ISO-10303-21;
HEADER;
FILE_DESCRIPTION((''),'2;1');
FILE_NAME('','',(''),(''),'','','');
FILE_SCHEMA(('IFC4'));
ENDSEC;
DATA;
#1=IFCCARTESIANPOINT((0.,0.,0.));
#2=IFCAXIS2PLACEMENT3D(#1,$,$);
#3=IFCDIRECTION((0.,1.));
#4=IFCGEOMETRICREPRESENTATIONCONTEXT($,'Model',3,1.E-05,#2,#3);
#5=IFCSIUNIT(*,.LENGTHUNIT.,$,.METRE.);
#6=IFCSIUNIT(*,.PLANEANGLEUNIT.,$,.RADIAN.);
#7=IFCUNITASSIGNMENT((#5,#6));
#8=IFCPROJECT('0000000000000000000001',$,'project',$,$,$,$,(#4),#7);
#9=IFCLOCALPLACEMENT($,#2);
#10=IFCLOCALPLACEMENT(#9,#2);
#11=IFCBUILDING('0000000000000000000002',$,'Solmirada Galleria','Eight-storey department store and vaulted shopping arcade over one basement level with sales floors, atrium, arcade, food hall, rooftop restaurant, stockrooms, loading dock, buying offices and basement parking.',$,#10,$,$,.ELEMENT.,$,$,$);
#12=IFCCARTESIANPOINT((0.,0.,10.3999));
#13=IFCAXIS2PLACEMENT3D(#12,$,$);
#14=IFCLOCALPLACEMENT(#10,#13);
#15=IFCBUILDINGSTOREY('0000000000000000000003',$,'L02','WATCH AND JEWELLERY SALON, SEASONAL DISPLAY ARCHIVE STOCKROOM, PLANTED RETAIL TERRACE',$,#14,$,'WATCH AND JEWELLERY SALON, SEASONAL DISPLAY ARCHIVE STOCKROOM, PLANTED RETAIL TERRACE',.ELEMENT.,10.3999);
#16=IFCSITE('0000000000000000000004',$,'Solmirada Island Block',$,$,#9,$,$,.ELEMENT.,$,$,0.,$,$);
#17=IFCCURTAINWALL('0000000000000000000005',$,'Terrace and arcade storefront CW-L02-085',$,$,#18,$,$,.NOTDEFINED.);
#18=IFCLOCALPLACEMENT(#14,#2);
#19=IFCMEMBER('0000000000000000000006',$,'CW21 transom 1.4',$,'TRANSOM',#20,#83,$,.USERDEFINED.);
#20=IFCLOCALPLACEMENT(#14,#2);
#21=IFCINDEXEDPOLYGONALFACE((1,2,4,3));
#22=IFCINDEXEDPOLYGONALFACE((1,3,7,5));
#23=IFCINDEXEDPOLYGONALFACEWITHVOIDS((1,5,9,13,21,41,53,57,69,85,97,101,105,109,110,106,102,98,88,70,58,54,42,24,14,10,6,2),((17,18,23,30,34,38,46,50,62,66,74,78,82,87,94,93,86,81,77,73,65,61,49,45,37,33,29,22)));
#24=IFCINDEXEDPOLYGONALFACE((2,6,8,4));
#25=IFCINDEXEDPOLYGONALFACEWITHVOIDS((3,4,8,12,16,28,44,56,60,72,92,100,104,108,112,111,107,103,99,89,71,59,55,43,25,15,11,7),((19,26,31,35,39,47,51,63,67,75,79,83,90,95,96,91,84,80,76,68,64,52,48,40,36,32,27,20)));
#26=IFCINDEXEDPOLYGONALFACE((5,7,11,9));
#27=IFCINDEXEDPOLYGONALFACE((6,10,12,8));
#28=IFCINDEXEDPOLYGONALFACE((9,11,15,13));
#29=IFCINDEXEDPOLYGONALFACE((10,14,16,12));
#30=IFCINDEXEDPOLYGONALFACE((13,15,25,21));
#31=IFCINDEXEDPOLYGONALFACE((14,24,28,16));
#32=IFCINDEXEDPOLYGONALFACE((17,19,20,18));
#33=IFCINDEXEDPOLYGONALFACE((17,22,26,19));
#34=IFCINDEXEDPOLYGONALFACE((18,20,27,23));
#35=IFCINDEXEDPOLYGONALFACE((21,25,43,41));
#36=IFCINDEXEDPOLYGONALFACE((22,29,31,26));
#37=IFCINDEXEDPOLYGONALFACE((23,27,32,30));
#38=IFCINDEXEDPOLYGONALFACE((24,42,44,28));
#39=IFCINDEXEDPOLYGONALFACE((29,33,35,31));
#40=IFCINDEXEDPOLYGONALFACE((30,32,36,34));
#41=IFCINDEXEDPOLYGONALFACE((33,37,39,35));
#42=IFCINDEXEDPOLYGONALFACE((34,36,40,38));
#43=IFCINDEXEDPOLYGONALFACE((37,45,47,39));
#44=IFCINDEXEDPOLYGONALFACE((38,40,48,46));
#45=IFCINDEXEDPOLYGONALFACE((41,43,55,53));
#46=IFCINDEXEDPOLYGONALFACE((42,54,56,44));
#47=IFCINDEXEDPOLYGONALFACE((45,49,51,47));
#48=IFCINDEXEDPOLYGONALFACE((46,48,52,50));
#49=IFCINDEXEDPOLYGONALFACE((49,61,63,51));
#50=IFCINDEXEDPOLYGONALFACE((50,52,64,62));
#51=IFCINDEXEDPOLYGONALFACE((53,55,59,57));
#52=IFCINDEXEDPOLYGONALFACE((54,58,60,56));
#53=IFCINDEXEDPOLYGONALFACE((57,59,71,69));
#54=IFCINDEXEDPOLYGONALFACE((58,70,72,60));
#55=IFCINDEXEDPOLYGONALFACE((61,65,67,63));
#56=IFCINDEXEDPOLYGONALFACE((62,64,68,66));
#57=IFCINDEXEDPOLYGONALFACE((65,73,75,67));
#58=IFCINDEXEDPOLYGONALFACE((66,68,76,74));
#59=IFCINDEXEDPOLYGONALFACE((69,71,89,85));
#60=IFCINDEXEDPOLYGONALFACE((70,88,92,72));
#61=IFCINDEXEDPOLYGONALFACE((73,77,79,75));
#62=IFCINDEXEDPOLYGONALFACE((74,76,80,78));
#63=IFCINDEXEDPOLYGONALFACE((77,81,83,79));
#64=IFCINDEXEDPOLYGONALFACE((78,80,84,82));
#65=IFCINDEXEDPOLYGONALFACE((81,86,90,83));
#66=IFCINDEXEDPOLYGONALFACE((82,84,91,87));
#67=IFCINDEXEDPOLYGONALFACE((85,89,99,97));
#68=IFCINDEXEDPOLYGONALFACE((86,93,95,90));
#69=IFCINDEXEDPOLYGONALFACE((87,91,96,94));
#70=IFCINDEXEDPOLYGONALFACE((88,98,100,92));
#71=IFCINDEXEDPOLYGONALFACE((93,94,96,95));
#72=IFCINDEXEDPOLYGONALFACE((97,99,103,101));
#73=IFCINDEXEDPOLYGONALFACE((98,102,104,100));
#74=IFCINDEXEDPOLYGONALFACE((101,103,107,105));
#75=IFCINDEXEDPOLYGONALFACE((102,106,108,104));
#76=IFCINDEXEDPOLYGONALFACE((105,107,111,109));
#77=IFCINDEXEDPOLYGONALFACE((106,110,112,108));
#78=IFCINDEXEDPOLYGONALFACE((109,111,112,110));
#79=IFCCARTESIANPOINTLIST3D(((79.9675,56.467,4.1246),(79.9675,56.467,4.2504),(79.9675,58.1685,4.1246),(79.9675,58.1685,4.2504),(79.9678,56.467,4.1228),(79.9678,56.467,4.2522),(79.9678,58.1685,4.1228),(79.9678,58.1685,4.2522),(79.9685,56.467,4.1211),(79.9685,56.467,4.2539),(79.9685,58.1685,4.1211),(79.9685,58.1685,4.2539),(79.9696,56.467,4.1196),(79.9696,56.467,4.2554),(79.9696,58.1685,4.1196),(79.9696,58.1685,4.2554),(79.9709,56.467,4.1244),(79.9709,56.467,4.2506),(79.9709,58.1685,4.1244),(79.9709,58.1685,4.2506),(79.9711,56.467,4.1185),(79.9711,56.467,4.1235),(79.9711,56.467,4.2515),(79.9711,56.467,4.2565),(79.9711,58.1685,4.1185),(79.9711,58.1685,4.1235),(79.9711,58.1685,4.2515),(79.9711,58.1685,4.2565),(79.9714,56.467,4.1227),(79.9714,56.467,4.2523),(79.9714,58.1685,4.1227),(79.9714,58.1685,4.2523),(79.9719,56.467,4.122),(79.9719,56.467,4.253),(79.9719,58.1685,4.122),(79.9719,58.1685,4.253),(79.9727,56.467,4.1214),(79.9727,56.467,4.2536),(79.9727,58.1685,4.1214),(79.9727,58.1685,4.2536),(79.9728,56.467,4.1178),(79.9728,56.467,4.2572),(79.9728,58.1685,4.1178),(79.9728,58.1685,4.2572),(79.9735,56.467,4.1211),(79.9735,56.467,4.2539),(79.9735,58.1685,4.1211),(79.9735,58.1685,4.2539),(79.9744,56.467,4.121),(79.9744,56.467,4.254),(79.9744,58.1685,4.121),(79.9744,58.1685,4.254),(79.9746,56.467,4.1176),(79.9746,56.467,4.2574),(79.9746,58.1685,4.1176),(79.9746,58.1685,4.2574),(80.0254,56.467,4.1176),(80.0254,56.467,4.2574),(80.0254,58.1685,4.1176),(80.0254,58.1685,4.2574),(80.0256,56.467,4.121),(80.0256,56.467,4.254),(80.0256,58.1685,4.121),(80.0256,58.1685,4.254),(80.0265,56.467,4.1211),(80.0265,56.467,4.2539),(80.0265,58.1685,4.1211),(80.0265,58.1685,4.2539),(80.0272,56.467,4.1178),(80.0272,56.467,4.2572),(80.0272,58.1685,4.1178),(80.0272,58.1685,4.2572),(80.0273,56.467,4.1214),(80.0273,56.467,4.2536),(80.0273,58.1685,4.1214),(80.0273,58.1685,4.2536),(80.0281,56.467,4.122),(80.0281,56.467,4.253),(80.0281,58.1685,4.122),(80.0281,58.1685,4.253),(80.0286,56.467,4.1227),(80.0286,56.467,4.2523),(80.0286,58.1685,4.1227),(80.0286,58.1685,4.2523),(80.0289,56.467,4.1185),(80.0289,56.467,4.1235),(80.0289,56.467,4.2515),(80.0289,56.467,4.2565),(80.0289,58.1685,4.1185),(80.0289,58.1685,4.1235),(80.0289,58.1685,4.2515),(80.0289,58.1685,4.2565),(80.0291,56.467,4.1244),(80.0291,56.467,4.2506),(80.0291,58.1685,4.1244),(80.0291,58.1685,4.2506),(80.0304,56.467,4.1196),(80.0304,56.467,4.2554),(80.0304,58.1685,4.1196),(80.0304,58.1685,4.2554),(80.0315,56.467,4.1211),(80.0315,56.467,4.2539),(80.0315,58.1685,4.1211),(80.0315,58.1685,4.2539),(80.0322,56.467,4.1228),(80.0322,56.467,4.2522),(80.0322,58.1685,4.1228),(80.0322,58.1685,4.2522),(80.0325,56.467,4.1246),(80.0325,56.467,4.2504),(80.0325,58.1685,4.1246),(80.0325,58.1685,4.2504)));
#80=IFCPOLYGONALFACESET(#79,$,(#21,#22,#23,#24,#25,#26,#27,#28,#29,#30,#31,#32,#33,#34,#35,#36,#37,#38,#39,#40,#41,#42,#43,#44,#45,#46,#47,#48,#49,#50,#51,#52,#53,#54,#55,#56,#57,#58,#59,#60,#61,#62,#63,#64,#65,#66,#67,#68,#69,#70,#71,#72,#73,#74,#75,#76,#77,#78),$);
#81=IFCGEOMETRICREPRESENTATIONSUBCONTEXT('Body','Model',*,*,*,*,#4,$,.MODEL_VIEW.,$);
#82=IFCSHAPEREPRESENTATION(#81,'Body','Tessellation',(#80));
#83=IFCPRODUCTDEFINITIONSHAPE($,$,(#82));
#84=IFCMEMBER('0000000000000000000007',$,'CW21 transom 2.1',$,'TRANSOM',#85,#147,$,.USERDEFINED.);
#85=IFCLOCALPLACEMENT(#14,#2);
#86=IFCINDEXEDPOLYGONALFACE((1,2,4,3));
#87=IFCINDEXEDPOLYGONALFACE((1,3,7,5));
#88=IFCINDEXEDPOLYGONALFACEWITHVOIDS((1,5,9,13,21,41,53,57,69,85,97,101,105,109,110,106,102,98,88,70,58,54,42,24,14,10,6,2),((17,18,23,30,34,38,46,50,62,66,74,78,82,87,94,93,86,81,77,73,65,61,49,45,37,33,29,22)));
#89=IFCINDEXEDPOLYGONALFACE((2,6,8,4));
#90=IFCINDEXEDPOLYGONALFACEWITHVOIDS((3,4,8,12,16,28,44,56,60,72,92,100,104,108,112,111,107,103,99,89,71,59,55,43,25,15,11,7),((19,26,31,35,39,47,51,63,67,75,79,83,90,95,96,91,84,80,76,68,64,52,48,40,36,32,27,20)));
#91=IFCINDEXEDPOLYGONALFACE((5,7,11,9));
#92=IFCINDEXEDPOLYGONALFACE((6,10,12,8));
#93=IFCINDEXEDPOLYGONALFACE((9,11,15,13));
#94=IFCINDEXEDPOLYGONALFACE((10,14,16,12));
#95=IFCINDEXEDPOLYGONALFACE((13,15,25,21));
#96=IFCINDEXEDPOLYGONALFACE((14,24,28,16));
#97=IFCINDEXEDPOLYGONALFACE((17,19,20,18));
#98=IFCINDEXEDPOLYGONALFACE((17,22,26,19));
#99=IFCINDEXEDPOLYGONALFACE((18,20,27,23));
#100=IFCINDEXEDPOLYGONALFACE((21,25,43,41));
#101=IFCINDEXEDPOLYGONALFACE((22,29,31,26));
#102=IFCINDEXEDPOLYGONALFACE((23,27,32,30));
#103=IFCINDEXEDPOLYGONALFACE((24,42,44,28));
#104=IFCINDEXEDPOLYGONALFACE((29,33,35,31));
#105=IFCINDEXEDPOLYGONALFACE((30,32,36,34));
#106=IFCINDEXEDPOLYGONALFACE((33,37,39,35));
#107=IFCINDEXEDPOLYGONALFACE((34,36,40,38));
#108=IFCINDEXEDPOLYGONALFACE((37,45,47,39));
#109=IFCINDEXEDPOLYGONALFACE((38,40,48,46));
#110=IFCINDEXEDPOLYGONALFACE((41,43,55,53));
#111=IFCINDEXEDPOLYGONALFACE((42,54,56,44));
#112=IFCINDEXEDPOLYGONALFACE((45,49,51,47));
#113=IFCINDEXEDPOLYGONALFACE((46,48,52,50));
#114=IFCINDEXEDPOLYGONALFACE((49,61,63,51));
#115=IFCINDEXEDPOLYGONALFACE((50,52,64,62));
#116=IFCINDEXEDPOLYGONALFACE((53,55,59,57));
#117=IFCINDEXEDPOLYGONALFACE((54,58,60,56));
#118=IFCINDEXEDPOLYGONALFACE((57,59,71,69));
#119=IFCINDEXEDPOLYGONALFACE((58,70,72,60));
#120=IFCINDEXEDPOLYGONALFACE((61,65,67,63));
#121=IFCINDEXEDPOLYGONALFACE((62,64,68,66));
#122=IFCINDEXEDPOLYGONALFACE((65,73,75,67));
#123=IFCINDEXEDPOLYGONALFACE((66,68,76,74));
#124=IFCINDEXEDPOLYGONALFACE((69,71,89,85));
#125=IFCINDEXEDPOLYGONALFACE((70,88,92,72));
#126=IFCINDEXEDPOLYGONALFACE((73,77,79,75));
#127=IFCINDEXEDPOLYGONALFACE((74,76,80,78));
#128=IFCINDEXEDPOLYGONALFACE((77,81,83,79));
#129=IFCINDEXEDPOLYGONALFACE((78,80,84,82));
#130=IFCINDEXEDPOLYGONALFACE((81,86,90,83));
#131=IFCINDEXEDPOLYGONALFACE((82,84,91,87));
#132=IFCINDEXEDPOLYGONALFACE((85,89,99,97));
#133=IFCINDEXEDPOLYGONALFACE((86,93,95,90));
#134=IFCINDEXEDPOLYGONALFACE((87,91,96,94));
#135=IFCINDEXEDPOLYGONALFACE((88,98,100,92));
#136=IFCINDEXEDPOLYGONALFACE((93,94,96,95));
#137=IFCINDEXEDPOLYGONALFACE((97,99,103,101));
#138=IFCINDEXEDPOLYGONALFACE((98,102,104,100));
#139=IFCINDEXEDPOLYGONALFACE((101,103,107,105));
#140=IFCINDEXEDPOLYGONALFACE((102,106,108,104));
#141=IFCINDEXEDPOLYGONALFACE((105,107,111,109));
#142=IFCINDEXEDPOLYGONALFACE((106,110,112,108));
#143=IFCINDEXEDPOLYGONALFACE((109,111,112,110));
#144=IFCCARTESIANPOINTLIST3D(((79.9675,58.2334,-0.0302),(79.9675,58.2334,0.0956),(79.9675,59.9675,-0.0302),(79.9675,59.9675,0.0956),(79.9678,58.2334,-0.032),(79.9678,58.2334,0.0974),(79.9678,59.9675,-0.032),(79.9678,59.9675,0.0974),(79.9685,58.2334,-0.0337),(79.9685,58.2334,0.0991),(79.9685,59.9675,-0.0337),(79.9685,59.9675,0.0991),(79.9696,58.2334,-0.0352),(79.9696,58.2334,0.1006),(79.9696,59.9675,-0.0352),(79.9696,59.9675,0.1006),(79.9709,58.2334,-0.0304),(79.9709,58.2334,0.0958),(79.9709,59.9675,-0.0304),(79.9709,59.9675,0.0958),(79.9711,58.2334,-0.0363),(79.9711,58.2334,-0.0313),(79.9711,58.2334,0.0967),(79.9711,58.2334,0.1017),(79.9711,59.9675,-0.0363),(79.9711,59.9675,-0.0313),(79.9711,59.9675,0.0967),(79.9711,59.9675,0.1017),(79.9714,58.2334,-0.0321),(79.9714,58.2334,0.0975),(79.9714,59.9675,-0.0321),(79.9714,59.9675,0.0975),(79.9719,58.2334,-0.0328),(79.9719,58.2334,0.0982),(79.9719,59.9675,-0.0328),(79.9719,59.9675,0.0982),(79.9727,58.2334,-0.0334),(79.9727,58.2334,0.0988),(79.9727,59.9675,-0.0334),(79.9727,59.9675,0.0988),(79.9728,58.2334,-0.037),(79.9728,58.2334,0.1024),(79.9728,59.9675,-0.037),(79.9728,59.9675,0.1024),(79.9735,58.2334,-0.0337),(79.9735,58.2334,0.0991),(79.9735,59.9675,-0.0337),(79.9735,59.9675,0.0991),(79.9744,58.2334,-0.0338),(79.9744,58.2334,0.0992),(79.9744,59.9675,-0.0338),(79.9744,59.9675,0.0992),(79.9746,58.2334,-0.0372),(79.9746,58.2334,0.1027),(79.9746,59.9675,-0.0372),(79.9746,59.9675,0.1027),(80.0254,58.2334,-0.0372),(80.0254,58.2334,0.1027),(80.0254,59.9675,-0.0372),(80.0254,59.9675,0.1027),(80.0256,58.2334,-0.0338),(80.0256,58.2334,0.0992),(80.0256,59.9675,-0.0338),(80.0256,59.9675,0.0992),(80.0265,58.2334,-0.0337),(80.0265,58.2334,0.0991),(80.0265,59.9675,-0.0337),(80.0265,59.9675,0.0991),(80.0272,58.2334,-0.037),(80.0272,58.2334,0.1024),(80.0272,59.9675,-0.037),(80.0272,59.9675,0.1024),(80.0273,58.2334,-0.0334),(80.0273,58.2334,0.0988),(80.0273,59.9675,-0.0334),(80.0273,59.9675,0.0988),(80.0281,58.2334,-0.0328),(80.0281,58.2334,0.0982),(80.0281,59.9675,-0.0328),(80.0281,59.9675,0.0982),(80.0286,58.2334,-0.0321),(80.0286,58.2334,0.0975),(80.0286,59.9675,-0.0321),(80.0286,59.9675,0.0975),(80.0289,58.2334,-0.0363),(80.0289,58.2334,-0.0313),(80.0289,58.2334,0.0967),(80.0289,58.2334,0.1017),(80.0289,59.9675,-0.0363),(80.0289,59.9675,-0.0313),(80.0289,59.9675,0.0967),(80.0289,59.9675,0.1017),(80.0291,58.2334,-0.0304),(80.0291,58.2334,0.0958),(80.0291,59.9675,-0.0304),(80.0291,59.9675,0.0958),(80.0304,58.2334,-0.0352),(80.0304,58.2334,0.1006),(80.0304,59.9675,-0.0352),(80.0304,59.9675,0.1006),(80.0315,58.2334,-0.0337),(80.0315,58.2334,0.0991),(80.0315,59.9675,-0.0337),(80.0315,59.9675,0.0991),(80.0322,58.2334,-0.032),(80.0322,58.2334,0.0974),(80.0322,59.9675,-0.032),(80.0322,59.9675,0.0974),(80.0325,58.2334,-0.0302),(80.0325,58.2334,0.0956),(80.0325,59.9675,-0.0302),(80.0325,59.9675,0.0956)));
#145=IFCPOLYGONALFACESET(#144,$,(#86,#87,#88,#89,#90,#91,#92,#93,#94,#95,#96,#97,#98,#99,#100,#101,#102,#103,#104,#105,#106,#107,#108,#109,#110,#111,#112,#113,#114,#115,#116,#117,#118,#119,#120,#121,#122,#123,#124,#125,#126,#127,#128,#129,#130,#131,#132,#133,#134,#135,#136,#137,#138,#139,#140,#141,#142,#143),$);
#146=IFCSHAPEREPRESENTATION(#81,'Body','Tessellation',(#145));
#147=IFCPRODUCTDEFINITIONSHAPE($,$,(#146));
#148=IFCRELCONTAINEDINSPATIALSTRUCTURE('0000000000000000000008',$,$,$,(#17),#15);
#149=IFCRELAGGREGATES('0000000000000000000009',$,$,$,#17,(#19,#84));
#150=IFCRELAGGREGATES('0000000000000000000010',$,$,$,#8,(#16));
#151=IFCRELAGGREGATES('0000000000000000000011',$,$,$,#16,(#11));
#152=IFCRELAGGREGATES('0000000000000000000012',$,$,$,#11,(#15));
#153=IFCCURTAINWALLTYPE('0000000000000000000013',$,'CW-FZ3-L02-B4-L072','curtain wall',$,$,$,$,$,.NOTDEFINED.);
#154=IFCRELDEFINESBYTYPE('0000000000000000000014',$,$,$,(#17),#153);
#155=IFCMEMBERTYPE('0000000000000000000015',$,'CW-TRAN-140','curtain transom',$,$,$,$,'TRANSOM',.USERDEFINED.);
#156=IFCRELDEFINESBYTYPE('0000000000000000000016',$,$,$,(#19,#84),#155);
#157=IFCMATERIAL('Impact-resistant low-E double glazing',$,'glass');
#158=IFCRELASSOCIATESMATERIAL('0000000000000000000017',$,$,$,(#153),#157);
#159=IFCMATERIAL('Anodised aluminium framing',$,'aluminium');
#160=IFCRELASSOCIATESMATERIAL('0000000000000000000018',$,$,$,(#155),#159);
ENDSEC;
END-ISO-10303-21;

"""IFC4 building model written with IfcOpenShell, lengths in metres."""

from ifc_helpers import new_model, si_unit, direction, frame, origin, origin_2d, place, context, subcontext, project, spatial, hollow_rectangle, extrude, material, material_profile, profile_set, type_object, element, aggregate, save


model = new_model("IFC4")

# Units and contexts
model_context = context("Model", 3, precision=1e-05, world=origin(), true_north=direction((0.0, 1.0)))
body_context = subcontext(model_context, "Body", "Model", "MODEL_VIEW")
ifc_project = project(units=[si_unit("LENGTHUNIT", "METRE"), si_unit("PLANEANGLEUNIT", "RADIAN")], contexts=[model_context])

# Site, building, storey
site_placement = place(None, origin())
site = spatial("IfcSite", under=ifc_project, at=site_placement, Name="Solmirada Island Block", CompositionType="ELEMENT", RefElevation=0.0)
building_placement = place(site_placement, origin())
building = spatial("IfcBuilding", under=site, at=building_placement, Name="Solmirada Galleria", Description="Eight-storey department store and vaulted shopping arcade over one basement level with sales floors, atrium, arcade, food hall, rooftop restaurant, stockrooms, loading dock, buying offices and basement parking.", CompositionType="ELEMENT")
storey_placement = place(building_placement, frame((0.0, 0.0, 10.3999)))
storey = spatial("IfcBuildingStorey", under=building, at=storey_placement, Name="L02", Description="WATCH AND JEWELLERY SALON, SEASONAL DISPLAY ARCHIVE STOCKROOM, PLANTED RETAIL TERRACE", LongName="WATCH AND JEWELLERY SALON, SEASONAL DISPLAY ARCHIVE STOCKROOM, PLANTED RETAIL TERRACE", CompositionType="ELEMENT", Elevation=10.3999)

# Shared definitions
ifc_material_1 = material(Name="Impact-resistant low-E double glazing", Category="glass")
curtain_wall_type = type_object("IfcCurtainWallType", Name="CW-FZ3-L02-B4-L072", Description="curtain wall", PredefinedType="NOTDEFINED", material=ifc_material_1)
ifc_material_2 = material(Name="Anodised aluminium framing", Category="aluminium")

# Curtain wall
curtain_wall_1_placement = place(storey_placement, origin())
curtain_wall_1 = element("IfcCurtainWall", 1, at=curtain_wall_1_placement, inside=storey, type_object=curtain_wall_type, Name="Terrace and arcade storefront CW-L02-085", PredefinedType="NOTDEFINED")

# Members
ifc_material_profile_1 = material_profile(ifc_material_2, hollow_rectangle(XDim=0.0649, YDim=0.1399, WallThickness=0.0034, InnerFilletRadius=0.0034, OuterFilletRadius=0.0071, at=origin_2d()), Name="ALU-TRAN-140X65")
ifc_profile_set_1 = profile_set([ifc_material_profile_1], Name="Anodised aluminium framing")
member_type_1 = type_object("IfcMemberType", Name="CW-TRAN-140", Description="curtain transom", ElementType="TRANSOM", PredefinedType="USERDEFINED", material=ifc_profile_set_1)
member_1_placement = place(storey_placement, frame((80.0, 56.467, 4.1875), z_axis=(0.0, 1.0, 0.0), x_axis=(-1.0, 0.0, 0.0)))
member_1 = element("IfcMember", 2, at=member_1_placement, type_object=member_type_1, Name="CW21 transom 1.4", ObjectType="TRANSOM", PredefinedType="USERDEFINED", context=body_context, shape_type="SweptSolid", body=[
    extrude(hollow_rectangle(XDim=0.0649, YDim=0.1399, WallThickness=0.0034, InnerFilletRadius=0.0034, OuterFilletRadius=0.0071, at=origin_2d()), origin(), (0.0, 0.0, 1.0), 1.7014),
])
member_2_placement = place(storey_placement, frame((80.0, 58.2334, 0.0327), z_axis=(0.0, 1.0, 0.0), x_axis=(-1.0, 0.0, 0.0)))
member_2 = element("IfcMember", 3, at=member_2_placement, type_object=member_type_1, Name="CW21 transom 2.1", ObjectType="TRANSOM", PredefinedType="USERDEFINED", context=body_context, shape_type="SweptSolid", body=[
    extrude(hollow_rectangle(XDim=0.0649, YDim=0.1399, WallThickness=0.0034, InnerFilletRadius=0.0034, OuterFilletRadius=0.0071, at=origin_2d()), origin(), (0.0, 0.0, 1.0), 1.7341),
])

aggregate(curtain_wall_1, [member_1, member_2])

save(model, "model.ifc")
